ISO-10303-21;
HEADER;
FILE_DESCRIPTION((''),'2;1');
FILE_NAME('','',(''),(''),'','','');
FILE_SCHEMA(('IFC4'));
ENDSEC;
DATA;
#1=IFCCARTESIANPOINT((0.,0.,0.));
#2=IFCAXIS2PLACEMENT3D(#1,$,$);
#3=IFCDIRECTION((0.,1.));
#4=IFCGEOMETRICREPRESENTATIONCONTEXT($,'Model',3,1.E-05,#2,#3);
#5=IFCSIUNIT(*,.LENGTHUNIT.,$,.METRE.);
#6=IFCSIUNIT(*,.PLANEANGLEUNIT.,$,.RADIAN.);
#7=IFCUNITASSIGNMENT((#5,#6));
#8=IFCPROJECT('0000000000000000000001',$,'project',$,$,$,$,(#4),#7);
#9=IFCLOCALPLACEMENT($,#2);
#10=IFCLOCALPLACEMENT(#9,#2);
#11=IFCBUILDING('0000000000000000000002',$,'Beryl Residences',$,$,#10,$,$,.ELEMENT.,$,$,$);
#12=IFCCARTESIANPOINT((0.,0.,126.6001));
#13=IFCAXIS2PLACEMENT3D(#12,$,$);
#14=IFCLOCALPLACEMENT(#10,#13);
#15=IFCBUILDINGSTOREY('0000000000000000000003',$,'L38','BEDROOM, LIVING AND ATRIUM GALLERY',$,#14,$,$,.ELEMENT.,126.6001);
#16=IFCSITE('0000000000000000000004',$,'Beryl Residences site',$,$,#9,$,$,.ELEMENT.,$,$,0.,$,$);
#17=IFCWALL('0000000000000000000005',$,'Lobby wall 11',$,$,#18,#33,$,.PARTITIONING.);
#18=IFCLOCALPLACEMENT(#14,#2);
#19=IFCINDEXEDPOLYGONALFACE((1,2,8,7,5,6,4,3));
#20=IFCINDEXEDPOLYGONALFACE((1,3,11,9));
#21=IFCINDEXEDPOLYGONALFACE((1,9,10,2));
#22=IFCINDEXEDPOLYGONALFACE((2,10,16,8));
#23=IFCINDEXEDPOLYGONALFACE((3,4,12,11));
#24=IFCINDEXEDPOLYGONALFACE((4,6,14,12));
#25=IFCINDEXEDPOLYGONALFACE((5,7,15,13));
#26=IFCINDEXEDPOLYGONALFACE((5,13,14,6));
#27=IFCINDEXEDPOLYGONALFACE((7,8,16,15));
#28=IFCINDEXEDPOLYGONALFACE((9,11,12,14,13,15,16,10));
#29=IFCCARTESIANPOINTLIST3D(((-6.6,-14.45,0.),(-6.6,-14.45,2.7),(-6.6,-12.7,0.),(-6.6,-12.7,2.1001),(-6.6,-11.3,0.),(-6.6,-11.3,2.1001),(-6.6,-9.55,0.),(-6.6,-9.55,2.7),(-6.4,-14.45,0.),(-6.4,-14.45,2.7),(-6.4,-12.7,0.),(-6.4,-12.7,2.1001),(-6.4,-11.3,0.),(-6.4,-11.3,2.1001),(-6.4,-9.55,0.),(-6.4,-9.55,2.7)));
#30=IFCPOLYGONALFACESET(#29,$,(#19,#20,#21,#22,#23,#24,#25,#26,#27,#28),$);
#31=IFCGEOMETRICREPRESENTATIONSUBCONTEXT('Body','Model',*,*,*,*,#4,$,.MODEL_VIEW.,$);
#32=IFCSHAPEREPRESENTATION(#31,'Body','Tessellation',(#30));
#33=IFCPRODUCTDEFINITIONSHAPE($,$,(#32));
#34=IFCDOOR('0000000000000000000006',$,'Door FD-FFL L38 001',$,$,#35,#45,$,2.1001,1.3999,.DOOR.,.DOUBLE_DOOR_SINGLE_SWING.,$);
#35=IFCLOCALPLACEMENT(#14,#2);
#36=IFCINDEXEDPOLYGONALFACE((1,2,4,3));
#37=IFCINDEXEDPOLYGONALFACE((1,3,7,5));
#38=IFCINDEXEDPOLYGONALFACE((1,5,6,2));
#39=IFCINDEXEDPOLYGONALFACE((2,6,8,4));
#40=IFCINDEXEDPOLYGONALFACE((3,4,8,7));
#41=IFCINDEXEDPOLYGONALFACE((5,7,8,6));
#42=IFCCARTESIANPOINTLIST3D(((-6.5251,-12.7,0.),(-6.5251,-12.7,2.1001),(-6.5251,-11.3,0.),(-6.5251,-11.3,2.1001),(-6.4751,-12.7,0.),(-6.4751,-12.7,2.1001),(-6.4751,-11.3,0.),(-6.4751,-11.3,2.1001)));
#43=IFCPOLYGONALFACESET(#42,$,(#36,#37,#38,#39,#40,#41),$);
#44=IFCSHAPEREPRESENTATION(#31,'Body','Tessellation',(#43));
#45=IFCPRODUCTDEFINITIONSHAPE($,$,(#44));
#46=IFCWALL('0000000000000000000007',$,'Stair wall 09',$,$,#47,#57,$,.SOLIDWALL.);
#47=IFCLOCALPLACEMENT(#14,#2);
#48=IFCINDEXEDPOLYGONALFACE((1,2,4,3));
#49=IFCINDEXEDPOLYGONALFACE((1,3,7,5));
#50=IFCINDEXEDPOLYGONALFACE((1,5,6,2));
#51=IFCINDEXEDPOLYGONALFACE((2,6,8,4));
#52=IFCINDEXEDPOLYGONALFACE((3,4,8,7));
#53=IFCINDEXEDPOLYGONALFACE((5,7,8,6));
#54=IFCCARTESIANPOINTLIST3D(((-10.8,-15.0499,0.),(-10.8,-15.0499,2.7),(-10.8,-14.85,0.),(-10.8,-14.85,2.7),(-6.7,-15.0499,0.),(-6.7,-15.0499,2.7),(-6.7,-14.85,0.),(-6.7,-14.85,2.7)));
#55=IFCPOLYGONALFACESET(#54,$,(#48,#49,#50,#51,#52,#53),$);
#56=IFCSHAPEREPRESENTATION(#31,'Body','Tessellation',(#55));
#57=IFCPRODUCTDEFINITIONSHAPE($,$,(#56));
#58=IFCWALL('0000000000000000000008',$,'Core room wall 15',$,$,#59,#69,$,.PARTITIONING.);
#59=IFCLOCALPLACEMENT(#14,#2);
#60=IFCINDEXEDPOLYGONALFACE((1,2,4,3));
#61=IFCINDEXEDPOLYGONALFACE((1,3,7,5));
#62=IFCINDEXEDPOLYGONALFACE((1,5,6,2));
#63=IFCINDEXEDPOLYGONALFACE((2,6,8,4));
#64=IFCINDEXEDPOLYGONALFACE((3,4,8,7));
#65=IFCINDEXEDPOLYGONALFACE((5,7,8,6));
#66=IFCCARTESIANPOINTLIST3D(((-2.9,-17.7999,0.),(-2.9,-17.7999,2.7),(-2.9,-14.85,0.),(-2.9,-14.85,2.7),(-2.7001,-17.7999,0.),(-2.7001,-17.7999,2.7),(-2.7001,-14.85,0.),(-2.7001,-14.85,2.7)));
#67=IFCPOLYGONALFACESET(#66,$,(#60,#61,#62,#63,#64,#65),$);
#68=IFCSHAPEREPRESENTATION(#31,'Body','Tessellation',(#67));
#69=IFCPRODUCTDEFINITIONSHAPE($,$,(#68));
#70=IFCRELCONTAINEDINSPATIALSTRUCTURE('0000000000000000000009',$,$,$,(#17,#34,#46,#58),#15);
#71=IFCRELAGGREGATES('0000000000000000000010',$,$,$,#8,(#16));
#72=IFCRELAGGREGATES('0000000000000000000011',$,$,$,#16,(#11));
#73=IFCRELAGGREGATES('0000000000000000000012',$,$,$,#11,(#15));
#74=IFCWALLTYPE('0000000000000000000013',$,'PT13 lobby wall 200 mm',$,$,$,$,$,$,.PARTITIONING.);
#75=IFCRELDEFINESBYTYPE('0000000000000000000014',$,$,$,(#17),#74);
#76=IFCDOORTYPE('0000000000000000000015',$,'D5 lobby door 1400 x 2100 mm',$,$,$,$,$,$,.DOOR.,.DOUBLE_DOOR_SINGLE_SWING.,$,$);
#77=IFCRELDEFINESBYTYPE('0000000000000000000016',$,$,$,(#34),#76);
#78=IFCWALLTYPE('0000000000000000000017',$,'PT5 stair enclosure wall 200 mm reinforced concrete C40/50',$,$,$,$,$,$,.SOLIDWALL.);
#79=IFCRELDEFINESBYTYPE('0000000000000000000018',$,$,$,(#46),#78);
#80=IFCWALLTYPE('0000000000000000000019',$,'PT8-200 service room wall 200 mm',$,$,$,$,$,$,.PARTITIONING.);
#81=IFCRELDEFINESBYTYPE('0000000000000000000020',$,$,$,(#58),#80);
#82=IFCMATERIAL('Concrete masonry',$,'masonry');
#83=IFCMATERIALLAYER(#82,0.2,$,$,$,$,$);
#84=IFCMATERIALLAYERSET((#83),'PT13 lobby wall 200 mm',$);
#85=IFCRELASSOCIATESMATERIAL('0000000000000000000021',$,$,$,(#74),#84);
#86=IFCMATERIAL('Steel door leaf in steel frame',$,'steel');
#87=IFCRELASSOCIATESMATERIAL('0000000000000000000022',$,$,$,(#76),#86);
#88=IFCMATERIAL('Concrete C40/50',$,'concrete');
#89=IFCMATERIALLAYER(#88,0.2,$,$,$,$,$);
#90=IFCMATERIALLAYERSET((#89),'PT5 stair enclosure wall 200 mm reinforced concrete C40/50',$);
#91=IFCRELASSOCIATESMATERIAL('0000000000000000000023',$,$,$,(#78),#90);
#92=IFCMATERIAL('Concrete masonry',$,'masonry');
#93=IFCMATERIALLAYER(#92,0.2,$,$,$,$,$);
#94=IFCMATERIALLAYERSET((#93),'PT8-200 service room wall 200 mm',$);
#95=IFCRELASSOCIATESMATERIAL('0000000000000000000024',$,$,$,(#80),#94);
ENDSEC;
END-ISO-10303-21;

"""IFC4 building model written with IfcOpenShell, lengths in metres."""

from ifc_helpers import new_model, si_unit, direction, frame, frame_2d, origin, place, context, subcontext, project, spatial, rectangle, extrude, material, layer, layer_set, type_object, element, fill, save


model = new_model("IFC4")

# Units and contexts
model_context = context("Model", 3, precision=1e-05, world=origin(), true_north=direction((0.0, 1.0)))
body_context = subcontext(model_context, "Body", "Model", "MODEL_VIEW")
ifc_project = project(units=[si_unit("LENGTHUNIT", "METRE"), si_unit("PLANEANGLEUNIT", "RADIAN")], contexts=[model_context])

# Site, building, storey
site_placement = place(None, origin())
site = spatial("IfcSite", under=ifc_project, at=site_placement, Name="Beryl Residences site", CompositionType="ELEMENT", RefElevation=0.0)
building_placement = place(site_placement, origin())
building = spatial("IfcBuilding", under=site, at=building_placement, Name="Beryl Residences", CompositionType="ELEMENT")
storey_placement = place(building_placement, frame((0.0, 0.0, 126.6001)))
storey = spatial("IfcBuildingStorey", under=building, at=storey_placement, Name="L38", Description="BEDROOM, LIVING AND ATRIUM GALLERY", CompositionType="ELEMENT", Elevation=126.6001)

# Wall, opening, door
ifc_material_1 = material(Name="Concrete masonry", Category="masonry")
ifc_layer_1 = layer(ifc_material_1, 0.2)
ifc_layer_set_1 = layer_set([ifc_layer_1], Name="PT13 lobby wall 200 mm")
wall_type_1 = type_object("IfcWallType", Name="PT13 lobby wall 200 mm", PredefinedType="PARTITIONING", material=ifc_layer_set_1)
wall_1_placement = place(storey_placement, frame((-6.5, -14.45, 0.0), z_axis=(0.0, 0.0, 1.0), x_axis=(0.0, 1.0, 0.0)))
wall_1 = element("IfcWall", 1, at=wall_1_placement, inside=storey, type_object=wall_type_1, Name="Lobby wall 11", PredefinedType="PARTITIONING", context=body_context, shape_type="SweptSolid", body=[
    extrude(rectangle(XDim=4.8999, YDim=0.2, at=frame_2d((2.45, 0.0))), origin(), (0.0, 0.0, 1.0), 2.7),
])
opening_1_placement = place(wall_1_placement, frame((3.1499, 0.0, 0.0), z_axis=(0.0, 0.0, 1.0), x_axis=(-1.0, 0.0, 0.0)))
opening_1 = element("IfcOpeningElement", 2, at=opening_1_placement, cuts=wall_1, PredefinedType="OPENING", context=body_context, shape_type="SweptSolid", body=[
    extrude(rectangle(XDim=1.3999, YDim=2.1001, at=frame_2d((0.7, 1.05))), frame((0.0, 0.1099, 0.0), z_axis=(0.0, -1.0, 0.0), x_axis=(1.0, 0.0, 0.0)), (0.0, 0.0, 1.0), 0.22),
])
ifc_material_2 = material(Name="Steel door leaf in steel frame", Category="steel")
door_type_1 = type_object("IfcDoorType", Name="D5 lobby door 1400 x 2100 mm", OperationType="DOUBLE_DOOR_SINGLE_SWING", PredefinedType="DOOR", material=ifc_material_2)
door_1_placement = place(opening_1_placement, origin())
door_1 = element("IfcDoor", 3, at=door_1_placement, inside=storey, type_object=door_type_1, Name="Door FD-FFL L38 001", OperationType="DOUBLE_DOOR_SINGLE_SWING", OverallHeight=2.1001, OverallWidth=1.3999, PredefinedType="DOOR", context=body_context, shape_type="SweptSolid", body=[
    extrude(rectangle(XDim=1.3999, YDim=2.1001, at=frame_2d((0.7, 1.05))), frame((0.0, 0.0249, 0.0), z_axis=(0.0, -1.0, 0.0), x_axis=(1.0, 0.0, 0.0)), (0.0, 0.0, 1.0), 0.05),
])
fill(opening_1, door_1)

# Walls
ifc_material_3 = material(Name="Concrete C40/50", Category="concrete")
ifc_layer_2 = layer(ifc_material_3, 0.2)
ifc_layer_set_2 = layer_set([ifc_layer_2], Name="PT5 stair enclosure wall 200 mm reinforced concrete C40/50")
wall_type_2 = type_object("IfcWallType", Name="PT5 stair enclosure wall 200 mm reinforced concrete C40/50", PredefinedType="SOLIDWALL", material=ifc_layer_set_2)
wall_2_placement = place(storey_placement, frame((-10.8, -14.95, 0.0), z_axis=(0.0, 0.0, 1.0), x_axis=(1.0, 0.0, 0.0)))
element("IfcWall", 4, at=wall_2_placement, inside=storey, type_object=wall_type_2, Name="Stair wall 09", PredefinedType="SOLIDWALL", context=body_context, shape_type="SweptSolid", body=[
    extrude(rectangle(XDim=4.1001, YDim=0.2, at=frame_2d((2.05, 0.0))), origin(), (0.0, 0.0, 1.0), 2.7),
])
ifc_material_4 = material(Name="Concrete masonry", Category="masonry")
ifc_layer_3 = layer(ifc_material_4, 0.2)
ifc_layer_set_3 = layer_set([ifc_layer_3], Name="PT8-200 service room wall 200 mm")
wall_type_3 = type_object("IfcWallType", Name="PT8-200 service room wall 200 mm", PredefinedType="PARTITIONING", material=ifc_layer_set_3)
wall_3_placement = place(storey_placement, frame((-2.8, -17.8, 0.0), z_axis=(0.0, 0.0, 1.0), x_axis=(0.0, 1.0, 0.0)))
element("IfcWall", 5, at=wall_3_placement, inside=storey, type_object=wall_type_3, Name="Core room wall 15", PredefinedType="PARTITIONING", context=body_context, shape_type="SweptSolid", body=[
    extrude(rectangle(XDim=2.95, YDim=0.2, at=frame_2d((1.4751, 0.0))), origin(), (0.0, 0.0, 1.0), 2.7),
])

save(model, "model.ifc")
